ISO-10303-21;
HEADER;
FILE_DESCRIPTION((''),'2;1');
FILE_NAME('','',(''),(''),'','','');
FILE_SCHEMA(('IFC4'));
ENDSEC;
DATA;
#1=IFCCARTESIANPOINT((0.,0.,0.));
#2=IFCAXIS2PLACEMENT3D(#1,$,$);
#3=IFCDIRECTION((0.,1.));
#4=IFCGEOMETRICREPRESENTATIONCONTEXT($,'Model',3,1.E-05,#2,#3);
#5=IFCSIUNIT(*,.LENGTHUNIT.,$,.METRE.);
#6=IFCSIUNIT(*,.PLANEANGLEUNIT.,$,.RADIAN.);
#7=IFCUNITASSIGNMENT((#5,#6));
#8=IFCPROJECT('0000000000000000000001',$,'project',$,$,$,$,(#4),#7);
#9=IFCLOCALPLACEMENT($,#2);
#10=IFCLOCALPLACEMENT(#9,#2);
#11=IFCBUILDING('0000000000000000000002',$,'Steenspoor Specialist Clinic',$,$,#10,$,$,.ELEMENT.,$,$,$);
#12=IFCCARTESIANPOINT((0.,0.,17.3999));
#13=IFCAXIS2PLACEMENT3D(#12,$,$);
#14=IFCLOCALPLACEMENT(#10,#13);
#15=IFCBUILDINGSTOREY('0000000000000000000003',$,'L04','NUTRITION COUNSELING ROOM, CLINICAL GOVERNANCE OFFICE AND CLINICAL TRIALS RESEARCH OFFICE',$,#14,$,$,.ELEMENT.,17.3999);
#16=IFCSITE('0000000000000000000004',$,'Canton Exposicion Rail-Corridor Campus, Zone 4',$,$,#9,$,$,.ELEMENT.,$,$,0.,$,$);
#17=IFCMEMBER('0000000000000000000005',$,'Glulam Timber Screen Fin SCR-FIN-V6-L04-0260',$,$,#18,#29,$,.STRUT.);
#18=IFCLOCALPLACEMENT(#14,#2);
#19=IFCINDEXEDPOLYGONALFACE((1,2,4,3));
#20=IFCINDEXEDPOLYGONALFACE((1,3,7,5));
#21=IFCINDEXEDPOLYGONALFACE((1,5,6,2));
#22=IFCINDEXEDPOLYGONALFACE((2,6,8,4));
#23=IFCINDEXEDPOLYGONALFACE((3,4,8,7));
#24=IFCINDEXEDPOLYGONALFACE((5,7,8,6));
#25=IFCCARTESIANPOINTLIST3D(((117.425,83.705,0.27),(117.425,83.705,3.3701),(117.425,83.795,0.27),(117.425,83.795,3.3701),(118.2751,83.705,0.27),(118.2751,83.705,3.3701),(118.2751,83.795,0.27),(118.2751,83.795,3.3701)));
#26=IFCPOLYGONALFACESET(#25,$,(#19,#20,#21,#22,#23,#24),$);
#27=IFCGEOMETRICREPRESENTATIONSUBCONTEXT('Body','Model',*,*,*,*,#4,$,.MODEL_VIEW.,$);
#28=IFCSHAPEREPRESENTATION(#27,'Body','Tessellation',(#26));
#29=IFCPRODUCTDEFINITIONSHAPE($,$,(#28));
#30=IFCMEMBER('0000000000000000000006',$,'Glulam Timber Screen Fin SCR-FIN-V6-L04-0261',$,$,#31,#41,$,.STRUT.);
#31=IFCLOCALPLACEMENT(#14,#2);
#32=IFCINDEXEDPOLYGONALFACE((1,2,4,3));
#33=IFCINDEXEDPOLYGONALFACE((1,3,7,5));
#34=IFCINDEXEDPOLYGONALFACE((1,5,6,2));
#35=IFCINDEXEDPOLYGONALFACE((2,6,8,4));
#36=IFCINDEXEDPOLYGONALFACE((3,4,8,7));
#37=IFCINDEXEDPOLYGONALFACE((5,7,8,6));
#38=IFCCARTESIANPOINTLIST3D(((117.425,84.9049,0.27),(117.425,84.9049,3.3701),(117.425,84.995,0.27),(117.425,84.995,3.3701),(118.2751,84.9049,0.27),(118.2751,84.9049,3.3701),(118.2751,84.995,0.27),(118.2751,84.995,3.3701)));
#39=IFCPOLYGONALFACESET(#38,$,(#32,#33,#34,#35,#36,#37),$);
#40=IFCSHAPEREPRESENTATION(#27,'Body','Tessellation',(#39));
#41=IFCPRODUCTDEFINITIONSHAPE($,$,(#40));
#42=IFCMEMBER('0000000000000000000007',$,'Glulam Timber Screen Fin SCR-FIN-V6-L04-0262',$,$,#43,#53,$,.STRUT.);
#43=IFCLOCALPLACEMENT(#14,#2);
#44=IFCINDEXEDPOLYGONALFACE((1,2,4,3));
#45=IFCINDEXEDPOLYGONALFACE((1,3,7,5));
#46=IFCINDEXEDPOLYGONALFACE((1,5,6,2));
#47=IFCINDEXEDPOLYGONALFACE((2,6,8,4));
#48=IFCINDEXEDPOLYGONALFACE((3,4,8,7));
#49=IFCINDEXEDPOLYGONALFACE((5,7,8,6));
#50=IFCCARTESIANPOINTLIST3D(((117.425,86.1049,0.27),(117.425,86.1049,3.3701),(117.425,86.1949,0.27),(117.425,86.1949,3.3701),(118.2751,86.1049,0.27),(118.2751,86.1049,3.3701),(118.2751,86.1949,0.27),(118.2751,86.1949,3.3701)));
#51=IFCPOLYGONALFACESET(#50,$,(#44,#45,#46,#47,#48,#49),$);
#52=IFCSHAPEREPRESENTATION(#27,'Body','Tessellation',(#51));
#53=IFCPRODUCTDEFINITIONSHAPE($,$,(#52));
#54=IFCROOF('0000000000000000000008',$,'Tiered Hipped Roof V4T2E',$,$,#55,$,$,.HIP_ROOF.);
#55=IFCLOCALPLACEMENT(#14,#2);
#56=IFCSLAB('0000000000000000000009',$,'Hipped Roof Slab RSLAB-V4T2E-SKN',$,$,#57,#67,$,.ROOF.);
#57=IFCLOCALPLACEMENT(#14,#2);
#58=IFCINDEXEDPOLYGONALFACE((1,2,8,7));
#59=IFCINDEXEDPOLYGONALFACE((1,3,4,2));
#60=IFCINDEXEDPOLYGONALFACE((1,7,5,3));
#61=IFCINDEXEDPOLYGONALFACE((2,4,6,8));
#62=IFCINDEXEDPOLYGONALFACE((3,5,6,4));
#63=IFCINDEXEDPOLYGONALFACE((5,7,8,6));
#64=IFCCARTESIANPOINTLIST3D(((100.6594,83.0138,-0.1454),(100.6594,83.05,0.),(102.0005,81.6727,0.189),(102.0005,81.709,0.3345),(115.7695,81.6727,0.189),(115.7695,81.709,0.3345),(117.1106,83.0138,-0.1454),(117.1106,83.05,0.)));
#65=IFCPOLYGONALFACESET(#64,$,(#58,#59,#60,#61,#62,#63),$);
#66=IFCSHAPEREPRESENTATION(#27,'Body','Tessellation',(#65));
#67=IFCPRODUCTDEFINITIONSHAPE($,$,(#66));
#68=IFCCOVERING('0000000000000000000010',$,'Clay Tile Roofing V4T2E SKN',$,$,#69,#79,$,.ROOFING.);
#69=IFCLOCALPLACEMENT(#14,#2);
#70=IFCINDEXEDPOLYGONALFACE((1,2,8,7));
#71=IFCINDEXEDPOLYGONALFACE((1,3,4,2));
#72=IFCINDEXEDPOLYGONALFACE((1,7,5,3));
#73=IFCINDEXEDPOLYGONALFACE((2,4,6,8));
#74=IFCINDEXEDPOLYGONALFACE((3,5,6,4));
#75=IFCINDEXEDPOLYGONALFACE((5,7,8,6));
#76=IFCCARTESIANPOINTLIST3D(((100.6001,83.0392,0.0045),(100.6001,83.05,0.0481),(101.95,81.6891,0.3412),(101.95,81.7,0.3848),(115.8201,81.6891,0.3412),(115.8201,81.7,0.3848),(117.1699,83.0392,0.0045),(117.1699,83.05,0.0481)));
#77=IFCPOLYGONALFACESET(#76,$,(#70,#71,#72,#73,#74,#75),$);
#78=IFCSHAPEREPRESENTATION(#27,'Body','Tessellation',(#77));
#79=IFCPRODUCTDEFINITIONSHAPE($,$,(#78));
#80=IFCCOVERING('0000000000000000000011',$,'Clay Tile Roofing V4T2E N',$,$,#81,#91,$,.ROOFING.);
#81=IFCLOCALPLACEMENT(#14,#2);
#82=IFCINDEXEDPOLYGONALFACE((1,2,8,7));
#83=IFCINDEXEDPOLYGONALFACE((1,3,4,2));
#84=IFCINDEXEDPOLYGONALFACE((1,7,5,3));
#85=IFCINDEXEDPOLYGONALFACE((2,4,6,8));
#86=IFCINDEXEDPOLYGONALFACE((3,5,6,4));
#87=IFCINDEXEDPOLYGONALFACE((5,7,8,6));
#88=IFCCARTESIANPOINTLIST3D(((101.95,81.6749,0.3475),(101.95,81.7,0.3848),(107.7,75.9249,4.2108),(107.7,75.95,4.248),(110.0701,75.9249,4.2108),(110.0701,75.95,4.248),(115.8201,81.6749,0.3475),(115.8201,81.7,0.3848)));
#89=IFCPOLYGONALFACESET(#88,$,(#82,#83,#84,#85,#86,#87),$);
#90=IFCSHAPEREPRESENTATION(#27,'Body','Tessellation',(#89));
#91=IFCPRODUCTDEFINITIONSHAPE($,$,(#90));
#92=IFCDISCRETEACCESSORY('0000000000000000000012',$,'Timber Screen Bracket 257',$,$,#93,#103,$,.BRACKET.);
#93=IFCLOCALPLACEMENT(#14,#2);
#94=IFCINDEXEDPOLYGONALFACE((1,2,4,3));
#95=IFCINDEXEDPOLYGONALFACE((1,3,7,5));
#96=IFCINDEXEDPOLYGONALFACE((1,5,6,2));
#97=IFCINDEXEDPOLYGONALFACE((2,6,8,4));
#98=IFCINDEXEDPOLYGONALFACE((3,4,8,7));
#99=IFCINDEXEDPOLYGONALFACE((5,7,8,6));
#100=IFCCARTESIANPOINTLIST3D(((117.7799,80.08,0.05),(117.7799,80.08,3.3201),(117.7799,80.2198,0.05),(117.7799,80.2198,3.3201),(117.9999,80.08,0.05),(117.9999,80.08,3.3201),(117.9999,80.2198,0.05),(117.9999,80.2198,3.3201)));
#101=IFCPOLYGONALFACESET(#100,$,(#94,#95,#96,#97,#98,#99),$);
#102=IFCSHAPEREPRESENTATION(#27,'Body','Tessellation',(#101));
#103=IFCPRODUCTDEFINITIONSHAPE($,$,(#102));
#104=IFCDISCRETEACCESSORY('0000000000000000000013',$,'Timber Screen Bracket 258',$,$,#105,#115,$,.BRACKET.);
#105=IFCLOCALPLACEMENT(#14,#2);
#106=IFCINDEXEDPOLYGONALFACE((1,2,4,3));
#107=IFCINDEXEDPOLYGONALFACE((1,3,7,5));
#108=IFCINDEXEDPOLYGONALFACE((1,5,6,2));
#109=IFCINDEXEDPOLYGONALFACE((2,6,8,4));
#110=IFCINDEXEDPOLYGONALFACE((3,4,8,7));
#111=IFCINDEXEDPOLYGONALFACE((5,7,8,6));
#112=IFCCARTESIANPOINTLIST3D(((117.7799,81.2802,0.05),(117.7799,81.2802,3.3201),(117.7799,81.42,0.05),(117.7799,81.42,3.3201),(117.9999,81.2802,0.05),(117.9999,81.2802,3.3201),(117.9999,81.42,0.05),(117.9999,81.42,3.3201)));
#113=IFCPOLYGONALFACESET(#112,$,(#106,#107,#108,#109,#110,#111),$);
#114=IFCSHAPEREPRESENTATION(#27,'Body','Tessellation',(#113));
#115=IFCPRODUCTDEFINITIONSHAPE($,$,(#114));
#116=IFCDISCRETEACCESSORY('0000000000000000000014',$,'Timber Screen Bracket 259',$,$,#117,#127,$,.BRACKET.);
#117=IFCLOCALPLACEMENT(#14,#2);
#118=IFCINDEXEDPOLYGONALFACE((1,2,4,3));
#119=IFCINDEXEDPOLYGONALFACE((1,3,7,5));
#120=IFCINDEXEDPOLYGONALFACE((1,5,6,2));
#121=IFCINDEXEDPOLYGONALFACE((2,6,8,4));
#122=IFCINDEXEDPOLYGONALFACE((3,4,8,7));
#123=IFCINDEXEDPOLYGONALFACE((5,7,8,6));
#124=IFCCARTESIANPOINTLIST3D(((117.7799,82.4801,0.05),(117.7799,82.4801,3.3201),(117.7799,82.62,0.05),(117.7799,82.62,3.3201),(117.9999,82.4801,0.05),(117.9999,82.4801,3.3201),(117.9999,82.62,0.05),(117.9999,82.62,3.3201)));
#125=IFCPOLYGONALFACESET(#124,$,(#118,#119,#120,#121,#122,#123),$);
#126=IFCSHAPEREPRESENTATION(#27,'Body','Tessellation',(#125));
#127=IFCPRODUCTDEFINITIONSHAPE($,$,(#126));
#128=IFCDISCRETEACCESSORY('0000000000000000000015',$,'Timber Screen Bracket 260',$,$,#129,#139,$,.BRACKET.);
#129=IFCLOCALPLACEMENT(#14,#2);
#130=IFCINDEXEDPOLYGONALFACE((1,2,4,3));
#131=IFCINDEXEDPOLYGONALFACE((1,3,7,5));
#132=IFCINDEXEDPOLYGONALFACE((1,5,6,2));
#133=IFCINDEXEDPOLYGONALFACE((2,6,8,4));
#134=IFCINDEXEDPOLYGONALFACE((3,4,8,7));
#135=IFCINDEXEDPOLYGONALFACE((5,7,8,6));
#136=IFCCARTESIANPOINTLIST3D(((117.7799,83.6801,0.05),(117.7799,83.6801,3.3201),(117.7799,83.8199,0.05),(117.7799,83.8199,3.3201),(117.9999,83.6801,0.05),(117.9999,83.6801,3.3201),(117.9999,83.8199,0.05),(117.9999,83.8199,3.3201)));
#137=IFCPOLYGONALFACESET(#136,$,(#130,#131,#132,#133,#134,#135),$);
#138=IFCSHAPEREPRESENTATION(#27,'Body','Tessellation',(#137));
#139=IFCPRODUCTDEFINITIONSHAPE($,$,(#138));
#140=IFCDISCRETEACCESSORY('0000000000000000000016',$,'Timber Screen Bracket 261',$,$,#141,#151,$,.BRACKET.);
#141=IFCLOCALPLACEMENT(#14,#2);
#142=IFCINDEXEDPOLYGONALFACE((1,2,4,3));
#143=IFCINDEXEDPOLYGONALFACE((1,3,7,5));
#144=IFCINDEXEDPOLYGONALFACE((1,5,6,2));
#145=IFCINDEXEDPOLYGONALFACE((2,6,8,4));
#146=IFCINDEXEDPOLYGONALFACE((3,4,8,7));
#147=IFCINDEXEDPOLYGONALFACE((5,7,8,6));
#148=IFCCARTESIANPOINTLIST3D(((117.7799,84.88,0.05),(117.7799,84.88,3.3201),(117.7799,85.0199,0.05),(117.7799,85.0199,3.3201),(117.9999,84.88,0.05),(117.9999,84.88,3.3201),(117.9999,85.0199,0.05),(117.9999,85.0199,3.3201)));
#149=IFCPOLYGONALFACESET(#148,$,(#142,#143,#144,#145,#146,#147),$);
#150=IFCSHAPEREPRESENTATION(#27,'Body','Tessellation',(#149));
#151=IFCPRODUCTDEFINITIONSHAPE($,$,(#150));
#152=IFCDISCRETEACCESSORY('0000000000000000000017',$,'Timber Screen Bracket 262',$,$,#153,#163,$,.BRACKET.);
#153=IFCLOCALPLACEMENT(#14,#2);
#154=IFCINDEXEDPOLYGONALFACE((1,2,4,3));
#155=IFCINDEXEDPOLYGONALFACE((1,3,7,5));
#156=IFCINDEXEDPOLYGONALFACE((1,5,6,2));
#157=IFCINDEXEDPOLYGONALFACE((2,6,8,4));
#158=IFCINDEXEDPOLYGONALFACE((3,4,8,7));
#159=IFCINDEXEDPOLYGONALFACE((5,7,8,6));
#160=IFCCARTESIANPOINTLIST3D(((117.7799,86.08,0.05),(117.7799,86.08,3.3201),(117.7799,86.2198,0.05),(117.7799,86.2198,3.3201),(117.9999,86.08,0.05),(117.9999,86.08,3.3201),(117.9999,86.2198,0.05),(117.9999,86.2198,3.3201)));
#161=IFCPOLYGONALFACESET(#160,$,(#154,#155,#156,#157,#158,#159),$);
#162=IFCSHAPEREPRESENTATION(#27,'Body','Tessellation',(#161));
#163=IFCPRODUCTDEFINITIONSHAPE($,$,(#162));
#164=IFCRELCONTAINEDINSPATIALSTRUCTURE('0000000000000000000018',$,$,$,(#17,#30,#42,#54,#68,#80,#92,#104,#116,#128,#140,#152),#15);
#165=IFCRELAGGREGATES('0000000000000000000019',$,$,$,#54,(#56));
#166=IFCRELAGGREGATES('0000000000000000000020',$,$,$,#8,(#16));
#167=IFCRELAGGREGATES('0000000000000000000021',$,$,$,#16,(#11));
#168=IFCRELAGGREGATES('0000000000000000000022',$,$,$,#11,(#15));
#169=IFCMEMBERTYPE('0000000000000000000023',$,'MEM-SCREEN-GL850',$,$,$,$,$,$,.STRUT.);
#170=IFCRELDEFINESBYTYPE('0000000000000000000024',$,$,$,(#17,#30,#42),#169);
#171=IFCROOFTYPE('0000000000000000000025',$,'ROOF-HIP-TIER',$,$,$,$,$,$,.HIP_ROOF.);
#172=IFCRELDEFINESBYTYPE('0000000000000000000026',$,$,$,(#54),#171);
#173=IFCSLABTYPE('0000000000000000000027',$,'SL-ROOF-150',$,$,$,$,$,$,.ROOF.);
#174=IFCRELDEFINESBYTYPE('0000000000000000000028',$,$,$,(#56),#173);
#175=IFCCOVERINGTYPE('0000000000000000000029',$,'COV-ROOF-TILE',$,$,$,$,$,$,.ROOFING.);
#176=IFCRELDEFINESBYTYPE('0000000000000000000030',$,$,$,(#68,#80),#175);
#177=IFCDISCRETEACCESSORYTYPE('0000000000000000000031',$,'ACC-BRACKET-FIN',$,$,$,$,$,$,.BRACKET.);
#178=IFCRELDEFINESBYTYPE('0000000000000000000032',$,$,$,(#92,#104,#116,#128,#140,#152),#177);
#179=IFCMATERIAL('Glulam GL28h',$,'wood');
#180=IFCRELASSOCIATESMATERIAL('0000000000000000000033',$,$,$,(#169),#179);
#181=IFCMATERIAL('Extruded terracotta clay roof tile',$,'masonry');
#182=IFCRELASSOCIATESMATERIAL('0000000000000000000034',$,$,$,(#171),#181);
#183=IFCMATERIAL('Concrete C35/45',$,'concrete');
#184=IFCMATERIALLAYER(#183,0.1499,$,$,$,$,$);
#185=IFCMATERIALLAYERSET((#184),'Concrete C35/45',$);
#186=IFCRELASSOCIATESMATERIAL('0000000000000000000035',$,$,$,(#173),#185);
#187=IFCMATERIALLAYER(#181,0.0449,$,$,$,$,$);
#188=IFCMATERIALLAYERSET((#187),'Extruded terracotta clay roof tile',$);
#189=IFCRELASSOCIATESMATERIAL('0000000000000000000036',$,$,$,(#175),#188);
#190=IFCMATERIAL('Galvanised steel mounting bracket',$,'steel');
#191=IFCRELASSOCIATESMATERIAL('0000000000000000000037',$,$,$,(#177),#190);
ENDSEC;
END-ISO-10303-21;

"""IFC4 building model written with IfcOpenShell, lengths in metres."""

from ifc_helpers import new_model, si_unit, direction, frame, origin, origin_2d, place, context, subcontext, project, spatial, polyline, rectangle, outline, extrude, material, layer, layer_set, material_profile, profile_set, type_object, element, aggregate, save


model = new_model("IFC4")

# Units and contexts
model_context = context("Model", 3, precision=1e-05, world=origin(), true_north=direction((0.0, 1.0)))
body_context = subcontext(model_context, "Body", "Model", "MODEL_VIEW")
ifc_project = project(units=[si_unit("LENGTHUNIT", "METRE"), si_unit("PLANEANGLEUNIT", "RADIAN")], contexts=[model_context])

# Site, building, storey
site_placement = place(None, origin())
site = spatial("IfcSite", under=ifc_project, at=site_placement, Name="Canton Exposicion Rail-Corridor Campus, Zone 4", CompositionType="ELEMENT", RefElevation=0.0)
building_placement = place(site_placement, origin())
building = spatial("IfcBuilding", under=site, at=building_placement, Name="Steenspoor Specialist Clinic", CompositionType="ELEMENT")
storey_placement = place(building_placement, frame((0.0, 0.0, 17.3999)))
storey = spatial("IfcBuildingStorey", under=building, at=storey_placement, Name="L04", Description="NUTRITION COUNSELING ROOM, CLINICAL GOVERNANCE OFFICE AND CLINICAL TRIALS RESEARCH OFFICE", CompositionType="ELEMENT", Elevation=17.3999)

# Shared definitions
ifc_material_1 = material(Name="Glulam GL28h", Category="wood")

# Members
ifc_material_profile_1 = material_profile(ifc_material_1, rectangle(XDim=0.0901, YDim=0.8501, at=origin_2d()), Name="GL28H-90X850")
ifc_profile_set_1 = profile_set([ifc_material_profile_1], Name="Glulam GL28h")
member_type_1 = type_object("IfcMemberType", Name="MEM-SCREEN-GL850", PredefinedType="STRUT", material=ifc_profile_set_1)
for number, where, z_axis, x_axis, name in (
    (1, (117.8501, 83.75, 0.27), (0.0, 0.0, 1.0), (0.0, 1.0, 0.0), "Glulam Timber Screen Fin SCR-FIN-V6-L04-0260"),
    (2, (117.8501, 84.95, 0.27), (0.0, 0.0, 1.0), (0.0, 1.0, 0.0), "Glulam Timber Screen Fin SCR-FIN-V6-L04-0261"),
    (3, (117.8501, 86.1499, 0.27), (0.0, 0.0, 1.0), (0.0, 1.0, 0.0), "Glulam Timber Screen Fin SCR-FIN-V6-L04-0262"),
):
    element("IfcMember", number, at=place(storey_placement, frame(where, z_axis=z_axis, x_axis=x_axis)), inside=storey, type_object=member_type_1, Name=name, PredefinedType="STRUT", context=body_context, shape_type="SweptSolid", body=[
        extrude(rectangle(XDim=0.0901, YDim=0.8501, at=origin_2d()), origin(), (0.0, 0.0, 1.0), 3.1001),
    ])

# Roof, slab
ifc_material_2 = material(Name="Extruded terracotta clay roof tile", Category="masonry")
roof_type = type_object("IfcRoofType", Name="ROOF-HIP-TIER", PredefinedType="HIP_ROOF", material=ifc_material_2)
roof_placement = place(storey_placement, origin())
roof = element("IfcRoof", 4, at=roof_placement, inside=storey, type_object=roof_type, Name="Tiered Hipped Roof V4T2E", PredefinedType="HIP_ROOF")
ifc_material_3 = material(Name="Concrete C35/45", Category="concrete")
ifc_layer_1 = layer(ifc_material_3, 0.1499)
ifc_layer_set_1 = layer_set([ifc_layer_1], Name="Concrete C35/45")
slab_type = type_object("IfcSlabType", Name="SL-ROOF-150", PredefinedType="ROOF", material=ifc_layer_set_1)
slab_placement = place(storey_placement, frame((115.7695, 81.709, 0.3345), z_axis=(0.0, 0.241995, 0.970277), x_axis=(0.696361, 0.696361, -0.173678)))
slab = element("IfcSlab", 5, at=slab_placement, type_object=slab_type, Name="Hipped Roof Slab RSLAB-V4T2E-SKN", PredefinedType="ROOF", context=body_context, shape_type="SweptSolid", body=[
    extrude(outline(polyline([(0.0, 0.0), (1.9258, 0.0), (-9.5301, 11.8069), (-9.5882, 9.8819), (0.0, 0.0)])), origin(), (0.0, 0.0, -1.0), 0.1499),
])
aggregate(roof, [slab])

# Coverings
ifc_layer_2 = layer(ifc_material_2, 0.0449)
ifc_layer_set_2 = layer_set([ifc_layer_2], Name="Extruded terracotta clay roof tile")
covering_type = type_object("IfcCoveringType", Name="COV-ROOF-TILE", PredefinedType="ROOFING", material=ifc_layer_set_2)
covering_1_placement = place(storey_placement, frame((117.1699, 83.05, 0.0481), z_axis=(0.0, 0.241958, 0.970287), x_axis=(-1.0, 0.0, 0.0)))
element("IfcCovering", 6, at=covering_1_placement, inside=storey, type_object=covering_type, Name="Clay Tile Roofing V4T2E SKN", PredefinedType="ROOFING", context=body_context, shape_type="SweptSolid", body=[
    extrude(outline(polyline([(0.0, 0.0), (16.5698, 0.0), (15.22, 1.3914), (1.3499, 1.3914), (0.0, 0.0)])), origin(), (0.0, 0.0, -1.0), 0.0449),
])
covering_2_placement = place(storey_placement, frame((115.8201, 81.7, 0.3848), z_axis=(0.0, 0.55769, 0.83005), x_axis=(-1.0, 0.0, 0.0)))
element("IfcCovering", 7, at=covering_2_placement, inside=storey, type_object=covering_type, Name="Clay Tile Roofing V4T2E N", PredefinedType="ROOFING", context=body_context, shape_type="SweptSolid", body=[
    extrude(outline(polyline([(0.0, 0.0), (13.8701, 0.0), (8.1201, 6.9273), (5.75, 6.9273), (0.0, 0.0)])), origin(), (0.0, 0.0, -1.0), 0.0449),
])

# Discrete accessories
ifc_material_4 = material(Name="Galvanised steel mounting bracket", Category="steel")
discrete_accessory_type = type_object("IfcDiscreteAccessoryType", Name="ACC-BRACKET-FIN", PredefinedType="BRACKET", material=ifc_material_4)
for number, where, z_axis, x_axis, name in (
    (8, (117.8899, 80.1499, 0.05), (0.0, 0.0, 1.0), (-1.0, 0.0, 0.0), "Timber Screen Bracket 257"),
    (9, (117.8899, 81.3501, 0.05), (0.0, 0.0, 1.0), (-1.0, 0.0, 0.0), "Timber Screen Bracket 258"),
    (10, (117.8899, 82.55, 0.05), (0.0, 0.0, 1.0), (-1.0, 0.0, 0.0), "Timber Screen Bracket 259"),
    (11, (117.8899, 83.75, 0.05), (0.0, 0.0, 1.0), (-1.0, 0.0, 0.0), "Timber Screen Bracket 260"),
    (12, (117.8899, 84.95, 0.05), (0.0, 0.0, 1.0), (-1.0, 0.0, 0.0), "Timber Screen Bracket 261"),
    (13, (117.8899, 86.1499, 0.05), (0.0, 0.0, 1.0), (-1.0, 0.0, 0.0), "Timber Screen Bracket 262"),
):
    element("IfcDiscreteAccessory", number, at=place(storey_placement, frame(where, z_axis=z_axis, x_axis=x_axis)), inside=storey, type_object=discrete_accessory_type, Name=name, PredefinedType="BRACKET", context=body_context, shape_type="SweptSolid", body=[
        extrude(rectangle(XDim=0.22, YDim=0.1399, at=origin_2d()), origin(), (0.0, 0.0, 1.0), 3.27),
    ])

save(model, "model.ifc")
